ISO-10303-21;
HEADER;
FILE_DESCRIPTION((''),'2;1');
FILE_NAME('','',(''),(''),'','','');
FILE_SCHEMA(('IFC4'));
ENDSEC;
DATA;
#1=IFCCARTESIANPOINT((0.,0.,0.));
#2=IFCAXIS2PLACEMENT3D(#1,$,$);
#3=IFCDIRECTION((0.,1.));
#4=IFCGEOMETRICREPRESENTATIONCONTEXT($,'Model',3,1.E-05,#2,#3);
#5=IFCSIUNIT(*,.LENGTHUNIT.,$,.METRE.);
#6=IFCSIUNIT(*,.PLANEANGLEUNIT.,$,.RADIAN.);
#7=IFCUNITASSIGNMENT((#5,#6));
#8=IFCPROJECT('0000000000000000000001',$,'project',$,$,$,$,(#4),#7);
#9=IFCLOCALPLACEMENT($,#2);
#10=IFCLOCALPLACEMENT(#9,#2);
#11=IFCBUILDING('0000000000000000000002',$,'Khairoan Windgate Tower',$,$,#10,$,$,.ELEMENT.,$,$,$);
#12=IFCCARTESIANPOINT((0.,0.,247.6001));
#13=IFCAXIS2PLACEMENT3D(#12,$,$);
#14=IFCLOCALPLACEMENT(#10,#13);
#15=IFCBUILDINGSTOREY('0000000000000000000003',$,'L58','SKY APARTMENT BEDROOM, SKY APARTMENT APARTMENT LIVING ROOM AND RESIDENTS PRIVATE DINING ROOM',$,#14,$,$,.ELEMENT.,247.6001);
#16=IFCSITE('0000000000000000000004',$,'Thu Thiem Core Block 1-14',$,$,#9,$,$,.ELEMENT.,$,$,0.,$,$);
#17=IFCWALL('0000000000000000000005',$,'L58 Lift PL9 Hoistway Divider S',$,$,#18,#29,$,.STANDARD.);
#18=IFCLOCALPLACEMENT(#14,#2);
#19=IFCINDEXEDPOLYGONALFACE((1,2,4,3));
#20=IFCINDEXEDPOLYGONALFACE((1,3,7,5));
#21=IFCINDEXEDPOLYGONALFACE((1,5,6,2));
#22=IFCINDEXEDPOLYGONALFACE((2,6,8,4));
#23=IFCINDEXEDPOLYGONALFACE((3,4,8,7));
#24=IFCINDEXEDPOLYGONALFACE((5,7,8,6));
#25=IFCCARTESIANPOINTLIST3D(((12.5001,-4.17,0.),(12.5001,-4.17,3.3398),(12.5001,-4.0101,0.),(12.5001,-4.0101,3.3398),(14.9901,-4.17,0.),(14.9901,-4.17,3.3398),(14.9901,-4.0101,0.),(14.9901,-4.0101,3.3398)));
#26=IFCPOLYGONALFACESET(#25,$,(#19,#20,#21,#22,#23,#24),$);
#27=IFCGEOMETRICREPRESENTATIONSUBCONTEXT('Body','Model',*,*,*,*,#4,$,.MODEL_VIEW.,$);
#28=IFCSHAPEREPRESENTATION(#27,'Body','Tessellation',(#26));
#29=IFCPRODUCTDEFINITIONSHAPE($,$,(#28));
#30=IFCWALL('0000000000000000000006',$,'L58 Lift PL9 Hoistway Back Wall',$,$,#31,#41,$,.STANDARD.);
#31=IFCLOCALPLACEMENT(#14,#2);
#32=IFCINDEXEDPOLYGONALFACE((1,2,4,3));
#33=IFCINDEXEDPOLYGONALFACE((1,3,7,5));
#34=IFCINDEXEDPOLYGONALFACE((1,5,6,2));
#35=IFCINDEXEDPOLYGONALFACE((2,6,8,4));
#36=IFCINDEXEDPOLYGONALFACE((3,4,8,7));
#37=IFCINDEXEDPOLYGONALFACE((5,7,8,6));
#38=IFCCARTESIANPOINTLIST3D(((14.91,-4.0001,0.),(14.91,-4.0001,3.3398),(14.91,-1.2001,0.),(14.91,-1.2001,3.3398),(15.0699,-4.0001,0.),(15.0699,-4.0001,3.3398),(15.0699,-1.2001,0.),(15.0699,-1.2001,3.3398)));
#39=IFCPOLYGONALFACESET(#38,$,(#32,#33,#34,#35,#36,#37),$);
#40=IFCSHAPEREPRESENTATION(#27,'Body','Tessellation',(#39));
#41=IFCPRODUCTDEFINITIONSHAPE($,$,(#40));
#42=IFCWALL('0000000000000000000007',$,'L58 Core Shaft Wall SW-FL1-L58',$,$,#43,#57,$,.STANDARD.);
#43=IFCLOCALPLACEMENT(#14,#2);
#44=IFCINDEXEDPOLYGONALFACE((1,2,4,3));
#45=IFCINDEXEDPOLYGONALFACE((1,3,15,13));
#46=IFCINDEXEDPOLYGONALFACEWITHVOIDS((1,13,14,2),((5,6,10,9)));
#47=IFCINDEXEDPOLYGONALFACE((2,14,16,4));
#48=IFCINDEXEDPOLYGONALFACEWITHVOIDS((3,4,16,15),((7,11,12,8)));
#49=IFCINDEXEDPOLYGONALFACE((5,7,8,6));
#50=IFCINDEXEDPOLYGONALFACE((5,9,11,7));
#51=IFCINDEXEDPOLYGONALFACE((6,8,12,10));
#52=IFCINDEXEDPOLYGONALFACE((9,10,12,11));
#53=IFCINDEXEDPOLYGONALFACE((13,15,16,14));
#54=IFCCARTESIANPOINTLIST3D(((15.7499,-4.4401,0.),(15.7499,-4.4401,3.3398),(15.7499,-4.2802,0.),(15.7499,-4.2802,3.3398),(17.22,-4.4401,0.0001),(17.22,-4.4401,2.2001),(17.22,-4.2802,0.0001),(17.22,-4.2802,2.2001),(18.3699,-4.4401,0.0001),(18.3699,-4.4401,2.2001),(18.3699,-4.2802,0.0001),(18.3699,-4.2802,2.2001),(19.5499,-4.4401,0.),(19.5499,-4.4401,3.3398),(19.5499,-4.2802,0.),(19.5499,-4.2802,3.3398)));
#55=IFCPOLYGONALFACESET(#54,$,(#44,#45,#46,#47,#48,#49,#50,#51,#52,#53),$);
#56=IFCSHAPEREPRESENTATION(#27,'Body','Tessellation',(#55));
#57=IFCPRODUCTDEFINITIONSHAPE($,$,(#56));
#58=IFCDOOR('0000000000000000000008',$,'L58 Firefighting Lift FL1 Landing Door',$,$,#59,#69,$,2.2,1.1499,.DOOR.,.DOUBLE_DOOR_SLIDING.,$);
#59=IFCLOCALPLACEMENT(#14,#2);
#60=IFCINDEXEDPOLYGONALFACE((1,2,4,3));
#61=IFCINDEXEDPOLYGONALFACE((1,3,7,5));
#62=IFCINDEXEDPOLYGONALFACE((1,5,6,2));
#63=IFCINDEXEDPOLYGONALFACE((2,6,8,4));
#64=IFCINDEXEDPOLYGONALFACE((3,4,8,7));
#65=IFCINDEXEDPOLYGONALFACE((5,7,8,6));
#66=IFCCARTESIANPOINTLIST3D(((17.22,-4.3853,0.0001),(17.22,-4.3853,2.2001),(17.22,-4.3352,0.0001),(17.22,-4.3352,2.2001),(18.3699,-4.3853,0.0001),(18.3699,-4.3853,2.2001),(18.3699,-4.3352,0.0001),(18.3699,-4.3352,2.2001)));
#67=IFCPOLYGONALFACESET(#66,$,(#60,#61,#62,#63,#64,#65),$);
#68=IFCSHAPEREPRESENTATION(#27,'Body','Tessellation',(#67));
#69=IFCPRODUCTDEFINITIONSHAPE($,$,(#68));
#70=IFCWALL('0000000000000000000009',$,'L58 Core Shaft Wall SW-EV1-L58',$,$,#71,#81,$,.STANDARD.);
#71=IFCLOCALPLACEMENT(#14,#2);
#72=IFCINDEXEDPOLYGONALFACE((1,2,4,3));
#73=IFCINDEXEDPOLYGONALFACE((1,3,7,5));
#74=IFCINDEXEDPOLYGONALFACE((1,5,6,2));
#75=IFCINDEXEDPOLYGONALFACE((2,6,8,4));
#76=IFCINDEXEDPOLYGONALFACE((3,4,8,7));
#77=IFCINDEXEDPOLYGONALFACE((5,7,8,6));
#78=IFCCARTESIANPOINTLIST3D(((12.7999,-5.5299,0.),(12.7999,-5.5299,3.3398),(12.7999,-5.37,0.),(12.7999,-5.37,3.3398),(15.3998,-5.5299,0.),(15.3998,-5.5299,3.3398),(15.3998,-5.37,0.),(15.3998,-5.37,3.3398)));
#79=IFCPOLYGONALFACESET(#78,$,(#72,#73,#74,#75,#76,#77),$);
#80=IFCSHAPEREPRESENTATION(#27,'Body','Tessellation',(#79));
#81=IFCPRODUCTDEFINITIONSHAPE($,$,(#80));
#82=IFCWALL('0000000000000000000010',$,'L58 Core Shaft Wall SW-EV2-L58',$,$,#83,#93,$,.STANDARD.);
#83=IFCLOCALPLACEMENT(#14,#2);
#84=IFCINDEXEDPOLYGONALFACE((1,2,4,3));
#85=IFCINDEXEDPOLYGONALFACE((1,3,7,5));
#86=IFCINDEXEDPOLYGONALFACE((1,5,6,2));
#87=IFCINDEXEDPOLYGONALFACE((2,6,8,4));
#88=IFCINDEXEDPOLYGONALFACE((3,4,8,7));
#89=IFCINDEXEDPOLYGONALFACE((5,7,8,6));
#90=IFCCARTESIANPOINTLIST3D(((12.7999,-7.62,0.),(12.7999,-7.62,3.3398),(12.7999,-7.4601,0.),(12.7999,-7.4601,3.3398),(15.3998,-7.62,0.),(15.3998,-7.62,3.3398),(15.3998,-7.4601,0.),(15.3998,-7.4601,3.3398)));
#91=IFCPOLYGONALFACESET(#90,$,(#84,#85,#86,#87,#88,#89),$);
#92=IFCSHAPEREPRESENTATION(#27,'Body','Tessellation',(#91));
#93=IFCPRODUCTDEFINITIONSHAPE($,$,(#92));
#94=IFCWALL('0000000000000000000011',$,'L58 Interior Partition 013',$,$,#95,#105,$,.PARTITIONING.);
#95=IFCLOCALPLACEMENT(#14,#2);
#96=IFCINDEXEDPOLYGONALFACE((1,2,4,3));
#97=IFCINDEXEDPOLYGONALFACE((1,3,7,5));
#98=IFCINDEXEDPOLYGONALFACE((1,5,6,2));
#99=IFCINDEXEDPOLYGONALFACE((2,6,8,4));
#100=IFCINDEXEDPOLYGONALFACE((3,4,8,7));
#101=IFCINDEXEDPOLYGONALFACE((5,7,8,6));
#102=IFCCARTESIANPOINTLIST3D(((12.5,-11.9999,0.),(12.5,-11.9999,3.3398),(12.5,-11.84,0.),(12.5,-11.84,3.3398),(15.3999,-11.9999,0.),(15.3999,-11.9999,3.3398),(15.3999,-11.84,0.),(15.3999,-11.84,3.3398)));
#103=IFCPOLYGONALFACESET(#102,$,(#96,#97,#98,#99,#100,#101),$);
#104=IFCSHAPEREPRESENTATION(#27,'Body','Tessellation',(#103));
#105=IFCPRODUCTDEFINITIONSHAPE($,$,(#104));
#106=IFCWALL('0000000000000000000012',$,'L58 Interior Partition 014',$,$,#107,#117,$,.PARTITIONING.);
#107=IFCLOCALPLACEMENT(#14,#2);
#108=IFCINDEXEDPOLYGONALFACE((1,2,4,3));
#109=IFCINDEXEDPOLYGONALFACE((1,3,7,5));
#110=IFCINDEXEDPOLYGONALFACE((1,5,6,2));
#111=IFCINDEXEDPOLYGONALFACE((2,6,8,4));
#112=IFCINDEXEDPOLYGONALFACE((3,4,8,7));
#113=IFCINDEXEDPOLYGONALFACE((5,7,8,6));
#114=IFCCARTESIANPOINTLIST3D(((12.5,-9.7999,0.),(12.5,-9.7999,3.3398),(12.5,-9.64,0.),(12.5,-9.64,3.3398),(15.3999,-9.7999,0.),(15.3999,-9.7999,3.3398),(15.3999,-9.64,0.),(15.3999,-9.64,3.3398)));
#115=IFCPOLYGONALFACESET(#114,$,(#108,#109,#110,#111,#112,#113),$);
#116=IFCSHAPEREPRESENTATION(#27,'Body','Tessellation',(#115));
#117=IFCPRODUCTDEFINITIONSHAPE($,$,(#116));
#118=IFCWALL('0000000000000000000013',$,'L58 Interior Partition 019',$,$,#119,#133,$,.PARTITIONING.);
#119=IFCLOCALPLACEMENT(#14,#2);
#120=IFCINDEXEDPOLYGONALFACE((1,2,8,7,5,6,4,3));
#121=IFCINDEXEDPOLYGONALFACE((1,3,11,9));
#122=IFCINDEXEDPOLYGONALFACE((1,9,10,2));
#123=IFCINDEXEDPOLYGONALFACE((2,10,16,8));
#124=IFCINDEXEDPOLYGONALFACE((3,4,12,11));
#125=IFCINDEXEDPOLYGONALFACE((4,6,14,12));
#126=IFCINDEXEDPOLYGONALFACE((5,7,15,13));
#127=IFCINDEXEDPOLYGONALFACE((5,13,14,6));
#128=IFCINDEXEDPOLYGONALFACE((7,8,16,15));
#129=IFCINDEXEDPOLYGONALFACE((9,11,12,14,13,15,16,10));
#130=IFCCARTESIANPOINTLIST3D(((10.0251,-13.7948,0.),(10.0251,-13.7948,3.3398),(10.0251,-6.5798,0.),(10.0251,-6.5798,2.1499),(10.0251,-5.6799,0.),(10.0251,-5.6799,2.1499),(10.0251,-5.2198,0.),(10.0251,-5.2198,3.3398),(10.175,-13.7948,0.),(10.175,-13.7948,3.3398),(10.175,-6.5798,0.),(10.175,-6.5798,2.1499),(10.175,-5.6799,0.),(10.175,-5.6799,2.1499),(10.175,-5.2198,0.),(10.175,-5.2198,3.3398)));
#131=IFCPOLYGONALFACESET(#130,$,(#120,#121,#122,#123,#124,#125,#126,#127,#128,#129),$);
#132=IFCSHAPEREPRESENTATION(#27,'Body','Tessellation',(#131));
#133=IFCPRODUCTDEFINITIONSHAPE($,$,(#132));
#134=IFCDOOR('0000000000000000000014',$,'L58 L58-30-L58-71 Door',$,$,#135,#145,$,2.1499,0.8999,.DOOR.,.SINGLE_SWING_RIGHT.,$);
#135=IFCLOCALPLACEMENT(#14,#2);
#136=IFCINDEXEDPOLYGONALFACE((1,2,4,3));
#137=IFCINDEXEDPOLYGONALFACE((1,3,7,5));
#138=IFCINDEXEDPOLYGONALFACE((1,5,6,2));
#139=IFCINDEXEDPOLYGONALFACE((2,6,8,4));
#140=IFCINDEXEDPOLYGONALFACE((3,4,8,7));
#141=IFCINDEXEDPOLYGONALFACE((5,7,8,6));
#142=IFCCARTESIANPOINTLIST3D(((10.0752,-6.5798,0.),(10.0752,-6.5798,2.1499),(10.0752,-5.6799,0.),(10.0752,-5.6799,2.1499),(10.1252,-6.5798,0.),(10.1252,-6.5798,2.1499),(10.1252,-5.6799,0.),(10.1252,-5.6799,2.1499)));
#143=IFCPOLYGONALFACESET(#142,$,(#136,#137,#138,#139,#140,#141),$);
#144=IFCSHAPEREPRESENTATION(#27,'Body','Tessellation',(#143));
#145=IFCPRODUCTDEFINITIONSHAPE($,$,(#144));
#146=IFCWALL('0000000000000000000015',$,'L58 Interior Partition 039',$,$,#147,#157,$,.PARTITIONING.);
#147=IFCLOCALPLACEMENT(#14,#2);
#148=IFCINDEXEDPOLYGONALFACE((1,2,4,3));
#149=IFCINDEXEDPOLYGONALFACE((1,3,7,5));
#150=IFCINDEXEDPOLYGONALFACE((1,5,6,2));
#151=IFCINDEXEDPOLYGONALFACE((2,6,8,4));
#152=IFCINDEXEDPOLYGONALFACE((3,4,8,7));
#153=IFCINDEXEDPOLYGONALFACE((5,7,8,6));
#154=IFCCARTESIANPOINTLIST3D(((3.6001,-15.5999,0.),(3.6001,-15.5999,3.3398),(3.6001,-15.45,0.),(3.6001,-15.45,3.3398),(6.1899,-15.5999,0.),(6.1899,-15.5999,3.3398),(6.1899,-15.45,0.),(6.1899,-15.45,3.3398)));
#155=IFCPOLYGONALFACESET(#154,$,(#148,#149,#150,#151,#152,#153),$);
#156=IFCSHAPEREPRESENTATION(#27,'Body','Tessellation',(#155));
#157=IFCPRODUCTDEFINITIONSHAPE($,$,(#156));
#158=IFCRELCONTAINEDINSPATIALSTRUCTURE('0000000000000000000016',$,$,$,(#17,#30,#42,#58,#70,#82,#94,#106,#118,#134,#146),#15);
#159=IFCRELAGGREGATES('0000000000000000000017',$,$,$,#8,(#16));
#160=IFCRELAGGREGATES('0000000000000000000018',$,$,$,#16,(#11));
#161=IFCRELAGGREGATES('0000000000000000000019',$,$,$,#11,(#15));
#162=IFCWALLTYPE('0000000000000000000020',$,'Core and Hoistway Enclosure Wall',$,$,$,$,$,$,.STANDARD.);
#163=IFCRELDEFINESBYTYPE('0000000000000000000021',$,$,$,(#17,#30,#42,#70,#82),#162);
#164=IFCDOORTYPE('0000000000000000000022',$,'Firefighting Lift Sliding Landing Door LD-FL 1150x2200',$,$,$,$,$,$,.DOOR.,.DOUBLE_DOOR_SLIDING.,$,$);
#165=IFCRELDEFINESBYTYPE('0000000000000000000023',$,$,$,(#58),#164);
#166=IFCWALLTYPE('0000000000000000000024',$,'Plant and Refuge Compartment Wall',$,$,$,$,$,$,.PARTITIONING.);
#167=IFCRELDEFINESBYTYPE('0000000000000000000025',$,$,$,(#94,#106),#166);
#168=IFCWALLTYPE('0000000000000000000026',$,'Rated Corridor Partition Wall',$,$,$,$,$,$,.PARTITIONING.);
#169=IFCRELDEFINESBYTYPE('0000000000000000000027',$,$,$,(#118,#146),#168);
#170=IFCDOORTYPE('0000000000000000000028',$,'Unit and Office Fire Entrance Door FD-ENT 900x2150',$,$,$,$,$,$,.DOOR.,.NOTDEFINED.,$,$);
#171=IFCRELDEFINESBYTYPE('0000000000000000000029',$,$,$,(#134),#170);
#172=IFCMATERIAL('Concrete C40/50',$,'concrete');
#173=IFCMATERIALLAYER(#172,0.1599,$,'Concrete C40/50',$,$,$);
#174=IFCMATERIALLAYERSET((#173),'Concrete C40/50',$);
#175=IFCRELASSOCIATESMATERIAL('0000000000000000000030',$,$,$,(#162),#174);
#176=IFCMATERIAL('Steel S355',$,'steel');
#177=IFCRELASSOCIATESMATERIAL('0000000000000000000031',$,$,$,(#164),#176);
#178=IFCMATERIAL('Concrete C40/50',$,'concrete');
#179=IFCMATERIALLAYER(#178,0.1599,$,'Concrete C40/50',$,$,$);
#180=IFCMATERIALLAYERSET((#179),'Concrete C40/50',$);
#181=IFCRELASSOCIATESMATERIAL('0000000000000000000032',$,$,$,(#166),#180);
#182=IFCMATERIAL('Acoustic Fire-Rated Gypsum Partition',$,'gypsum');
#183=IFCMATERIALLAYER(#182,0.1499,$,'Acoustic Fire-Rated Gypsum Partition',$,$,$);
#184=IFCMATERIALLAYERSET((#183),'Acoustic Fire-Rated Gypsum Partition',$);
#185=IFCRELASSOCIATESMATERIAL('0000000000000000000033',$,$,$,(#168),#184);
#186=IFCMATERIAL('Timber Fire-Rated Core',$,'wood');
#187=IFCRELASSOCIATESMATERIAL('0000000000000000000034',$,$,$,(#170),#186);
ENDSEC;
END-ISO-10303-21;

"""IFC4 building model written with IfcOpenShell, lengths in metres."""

from ifc_helpers import new_model, si_unit, direction, frame, frame_2d, origin, place, context, subcontext, project, spatial, rectangle, extrude, material, layer, layer_set, type_object, element, fill, save


model = new_model("IFC4")

# Units and contexts
model_context = context("Model", 3, precision=1e-05, world=origin(), true_north=direction((0.0, 1.0)))
body_context = subcontext(model_context, "Body", "Model", "MODEL_VIEW")
ifc_project = project(units=[si_unit("LENGTHUNIT", "METRE"), si_unit("PLANEANGLEUNIT", "RADIAN")], contexts=[model_context])

# Site, building, storey
site_placement = place(None, origin())
site = spatial("IfcSite", under=ifc_project, at=site_placement, Name="Thu Thiem Core Block 1-14", CompositionType="ELEMENT", RefElevation=0.0)
building_placement = place(site_placement, origin())
building = spatial("IfcBuilding", under=site, at=building_placement, Name="Khairoan Windgate Tower", CompositionType="ELEMENT")
storey_placement = place(building_placement, frame((0.0, 0.0, 247.6001)))
storey = spatial("IfcBuildingStorey", under=building, at=storey_placement, Name="L58", Description="SKY APARTMENT BEDROOM, SKY APARTMENT APARTMENT LIVING ROOM AND RESIDENTS PRIVATE DINING ROOM", CompositionType="ELEMENT", Elevation=247.6001)

# Walls
ifc_material_1 = material(Name="Concrete C40/50", Category="concrete")
ifc_layer_1 = layer(ifc_material_1, 0.1599, Name="Concrete C40/50")
ifc_layer_set_1 = layer_set([ifc_layer_1], Name="Concrete C40/50")
wall_type_1 = type_object("IfcWallType", Name="Core and Hoistway Enclosure Wall", PredefinedType="STANDARD", material=ifc_layer_set_1)
wall_1_placement = place(storey_placement, frame((12.5, -4.0901, 0.0), z_axis=(0.0, 0.0, 1.0), x_axis=(1.0, 0.0, 0.0)))
element("IfcWall", 1, at=wall_1_placement, inside=storey, type_object=wall_type_1, Name="L58 Lift PL9 Hoistway Divider S", PredefinedType="STANDARD", context=body_context, shape_type="SweptSolid", body=[
    extrude(rectangle(XDim=2.49, YDim=0.1599, at=frame_2d((1.2451, 0.0))), origin(), (0.0, 0.0, 1.0), 3.3398),
])
wall_2_placement = place(storey_placement, frame((14.99, -4.0, 0.0), z_axis=(0.0, 0.0, 1.0), x_axis=(0.0, 1.0, 0.0)))
element("IfcWall", 2, at=wall_2_placement, inside=storey, type_object=wall_type_1, Name="L58 Lift PL9 Hoistway Back Wall", PredefinedType="STANDARD", context=body_context, shape_type="SweptSolid", body=[
    extrude(rectangle(XDim=2.8, YDim=0.1599, at=frame_2d((1.3999, 0.0))), origin(), (0.0, 0.0, 1.0), 3.3398),
])

# Wall, opening, door
wall_3_placement = place(storey_placement, frame((15.75, -4.3601, 0.0), z_axis=(0.0, 0.0, 1.0), x_axis=(1.0, 0.0, 0.0)))
wall_3 = element("IfcWall", 3, at=wall_3_placement, inside=storey, type_object=wall_type_1, Name="L58 Core Shaft Wall SW-FL1-L58", PredefinedType="STANDARD", context=body_context, shape_type="SweptSolid", body=[
    extrude(rectangle(XDim=3.8, YDim=0.1599, at=frame_2d((1.8999, 0.0))), origin(), (0.0, 0.0, 1.0), 3.3398),
])
opening_1_placement = place(wall_3_placement, frame((1.47, 0.0, 0.0)))
opening_1 = element("IfcOpeningElement", 4, at=opening_1_placement, cuts=wall_3, PredefinedType="OPENING", context=body_context, shape_type="SweptSolid", body=[
    extrude(rectangle(XDim=1.1499, YDim=2.2, at=frame_2d((0.575, 1.1001))), frame((0.0, 0.0898, 0.0), z_axis=(0.0, -1.0, 0.0), x_axis=(1.0, 0.0, 0.0)), (0.0, 0.0, 1.0), 0.1799),
])
ifc_material_2 = material(Name="Steel S355", Category="steel")
door_type_1 = type_object("IfcDoorType", Name="Firefighting Lift Sliding Landing Door LD-FL 1150x2200", OperationType="DOUBLE_DOOR_SLIDING", PredefinedType="DOOR", material=ifc_material_2)
door_1_placement = place(opening_1_placement, origin())
door_1 = element("IfcDoor", 5, at=door_1_placement, inside=storey, type_object=door_type_1, Name="L58 Firefighting Lift FL1 Landing Door", OperationType="DOUBLE_DOOR_SLIDING", OverallHeight=2.2, OverallWidth=1.1499, PredefinedType="DOOR", context=body_context, shape_type="SweptSolid", body=[
    extrude(rectangle(XDim=1.1499, YDim=2.2, at=frame_2d((0.575, 1.1001))), frame((0.0, 0.0249, 0.0), z_axis=(0.0, -1.0, 0.0), x_axis=(1.0, 0.0, 0.0)), (0.0, 0.0, 1.0), 0.05),
])
fill(opening_1, door_1)

# Walls
for number, where, z_axis, x_axis, name in (
    (6, (12.8, -5.45, 0.0), (0.0, 0.0, 1.0), (1.0, 0.0, 0.0), "L58 Core Shaft Wall SW-EV1-L58"),
    (7, (12.8, -7.54, 0.0), (0.0, 0.0, 1.0), (1.0, 0.0, 0.0), "L58 Core Shaft Wall SW-EV2-L58"),
):
    element("IfcWall", number, at=place(storey_placement, frame(where, z_axis=z_axis, x_axis=x_axis)), inside=storey, type_object=wall_type_1, Name=name, PredefinedType="STANDARD", context=body_context, shape_type="SweptSolid", body=[
        extrude(rectangle(XDim=2.5999, YDim=0.1599, at=frame_2d((1.2998, 0.0))), origin(), (0.0, 0.0, 1.0), 3.3398),
    ])
ifc_material_3 = material(Name="Concrete C40/50", Category="concrete")
ifc_layer_2 = layer(ifc_material_3, 0.1599, Name="Concrete C40/50")
ifc_layer_set_2 = layer_set([ifc_layer_2], Name="Concrete C40/50")
wall_type_2 = type_object("IfcWallType", Name="Plant and Refuge Compartment Wall", PredefinedType="PARTITIONING", material=ifc_layer_set_2)
for number, where, z_axis, x_axis, name in (
    (8, (12.5, -11.9199, 0.0), (0.0, 0.0, 1.0), (1.0, 0.0, 0.0), "L58 Interior Partition 013"),
    (9, (12.5, -9.72, 0.0), (0.0, 0.0, 1.0), (1.0, 0.0, 0.0), "L58 Interior Partition 014"),
):
    element("IfcWall", number, at=place(storey_placement, frame(where, z_axis=z_axis, x_axis=x_axis)), inside=storey, type_object=wall_type_2, Name=name, PredefinedType="PARTITIONING", context=body_context, shape_type="SweptSolid", body=[
        extrude(rectangle(XDim=2.8999, YDim=0.1599, at=frame_2d((1.45, 0.0))), origin(), (0.0, 0.0, 1.0), 3.3398),
    ])

# Wall, opening, door
ifc_material_4 = material(Name="Acoustic Fire-Rated Gypsum Partition", Category="gypsum")
ifc_layer_3 = layer(ifc_material_4, 0.1499, Name="Acoustic Fire-Rated Gypsum Partition")
ifc_layer_set_3 = layer_set([ifc_layer_3], Name="Acoustic Fire-Rated Gypsum Partition")
wall_type_3 = type_object("IfcWallType", Name="Rated Corridor Partition Wall", PredefinedType="PARTITIONING", material=ifc_layer_set_3)
wall_4_placement = place(storey_placement, frame((10.1001, -13.7949, 0.0), z_axis=(0.0, 0.0, 1.0), x_axis=(0.0, 1.0, 0.0)))
wall_4 = element("IfcWall", 10, at=wall_4_placement, inside=storey, type_object=wall_type_3, Name="L58 Interior Partition 019", PredefinedType="PARTITIONING", context=body_context, shape_type="SweptSolid", body=[
    extrude(rectangle(XDim=8.575, YDim=0.1499, at=frame_2d((4.2876, 0.0))), origin(), (0.0, 0.0, 1.0), 3.3398),
])
opening_2_placement = place(wall_4_placement, frame((7.2151, 0.0, 0.0)))
opening_2 = element("IfcOpeningElement", 11, at=opening_2_placement, cuts=wall_4, PredefinedType="OPENING", context=body_context, shape_type="SweptSolid", body=[
    extrude(rectangle(XDim=0.8999, YDim=2.1499, at=frame_2d((0.45, 1.075))), frame((0.0, 0.085, 0.0), z_axis=(0.0, -1.0, 0.0), x_axis=(1.0, 0.0, 0.0)), (0.0, 0.0, 1.0), 0.1699),
])
ifc_material_5 = material(Name="Timber Fire-Rated Core", Category="wood")
door_type_2 = type_object("IfcDoorType", Name="Unit and Office Fire Entrance Door FD-ENT 900x2150", OperationType="NOTDEFINED", PredefinedType="DOOR", material=ifc_material_5)
door_2_placement = place(opening_2_placement, origin())
door_2 = element("IfcDoor", 12, at=door_2_placement, inside=storey, type_object=door_type_2, Name="L58 L58-30-L58-71 Door", OperationType="SINGLE_SWING_RIGHT", OverallHeight=2.1499, OverallWidth=0.8999, PredefinedType="DOOR", context=body_context, shape_type="SweptSolid", body=[
    extrude(rectangle(XDim=0.8999, YDim=2.1499, at=frame_2d((0.45, 1.075))), frame((0.0, 0.0249, 0.0), z_axis=(0.0, -1.0, 0.0), x_axis=(1.0, 0.0, 0.0)), (0.0, 0.0, 1.0), 0.05),
])
fill(opening_2, door_2)

# Wall
wall_5_placement = place(storey_placement, frame((3.6001, -15.5249, 0.0), z_axis=(0.0, 0.0, 1.0), x_axis=(1.0, 0.0, 0.0)))
element("IfcWall", 13, at=wall_5_placement, inside=storey, type_object=wall_type_3, Name="L58 Interior Partition 039", PredefinedType="PARTITIONING", context=body_context, shape_type="SweptSolid", body=[
    extrude(rectangle(XDim=2.5898, YDim=0.1499, at=frame_2d((1.2949, 0.0))), origin(), (0.0, 0.0, 1.0), 3.3398),
])

save(model, "model.ifc")
